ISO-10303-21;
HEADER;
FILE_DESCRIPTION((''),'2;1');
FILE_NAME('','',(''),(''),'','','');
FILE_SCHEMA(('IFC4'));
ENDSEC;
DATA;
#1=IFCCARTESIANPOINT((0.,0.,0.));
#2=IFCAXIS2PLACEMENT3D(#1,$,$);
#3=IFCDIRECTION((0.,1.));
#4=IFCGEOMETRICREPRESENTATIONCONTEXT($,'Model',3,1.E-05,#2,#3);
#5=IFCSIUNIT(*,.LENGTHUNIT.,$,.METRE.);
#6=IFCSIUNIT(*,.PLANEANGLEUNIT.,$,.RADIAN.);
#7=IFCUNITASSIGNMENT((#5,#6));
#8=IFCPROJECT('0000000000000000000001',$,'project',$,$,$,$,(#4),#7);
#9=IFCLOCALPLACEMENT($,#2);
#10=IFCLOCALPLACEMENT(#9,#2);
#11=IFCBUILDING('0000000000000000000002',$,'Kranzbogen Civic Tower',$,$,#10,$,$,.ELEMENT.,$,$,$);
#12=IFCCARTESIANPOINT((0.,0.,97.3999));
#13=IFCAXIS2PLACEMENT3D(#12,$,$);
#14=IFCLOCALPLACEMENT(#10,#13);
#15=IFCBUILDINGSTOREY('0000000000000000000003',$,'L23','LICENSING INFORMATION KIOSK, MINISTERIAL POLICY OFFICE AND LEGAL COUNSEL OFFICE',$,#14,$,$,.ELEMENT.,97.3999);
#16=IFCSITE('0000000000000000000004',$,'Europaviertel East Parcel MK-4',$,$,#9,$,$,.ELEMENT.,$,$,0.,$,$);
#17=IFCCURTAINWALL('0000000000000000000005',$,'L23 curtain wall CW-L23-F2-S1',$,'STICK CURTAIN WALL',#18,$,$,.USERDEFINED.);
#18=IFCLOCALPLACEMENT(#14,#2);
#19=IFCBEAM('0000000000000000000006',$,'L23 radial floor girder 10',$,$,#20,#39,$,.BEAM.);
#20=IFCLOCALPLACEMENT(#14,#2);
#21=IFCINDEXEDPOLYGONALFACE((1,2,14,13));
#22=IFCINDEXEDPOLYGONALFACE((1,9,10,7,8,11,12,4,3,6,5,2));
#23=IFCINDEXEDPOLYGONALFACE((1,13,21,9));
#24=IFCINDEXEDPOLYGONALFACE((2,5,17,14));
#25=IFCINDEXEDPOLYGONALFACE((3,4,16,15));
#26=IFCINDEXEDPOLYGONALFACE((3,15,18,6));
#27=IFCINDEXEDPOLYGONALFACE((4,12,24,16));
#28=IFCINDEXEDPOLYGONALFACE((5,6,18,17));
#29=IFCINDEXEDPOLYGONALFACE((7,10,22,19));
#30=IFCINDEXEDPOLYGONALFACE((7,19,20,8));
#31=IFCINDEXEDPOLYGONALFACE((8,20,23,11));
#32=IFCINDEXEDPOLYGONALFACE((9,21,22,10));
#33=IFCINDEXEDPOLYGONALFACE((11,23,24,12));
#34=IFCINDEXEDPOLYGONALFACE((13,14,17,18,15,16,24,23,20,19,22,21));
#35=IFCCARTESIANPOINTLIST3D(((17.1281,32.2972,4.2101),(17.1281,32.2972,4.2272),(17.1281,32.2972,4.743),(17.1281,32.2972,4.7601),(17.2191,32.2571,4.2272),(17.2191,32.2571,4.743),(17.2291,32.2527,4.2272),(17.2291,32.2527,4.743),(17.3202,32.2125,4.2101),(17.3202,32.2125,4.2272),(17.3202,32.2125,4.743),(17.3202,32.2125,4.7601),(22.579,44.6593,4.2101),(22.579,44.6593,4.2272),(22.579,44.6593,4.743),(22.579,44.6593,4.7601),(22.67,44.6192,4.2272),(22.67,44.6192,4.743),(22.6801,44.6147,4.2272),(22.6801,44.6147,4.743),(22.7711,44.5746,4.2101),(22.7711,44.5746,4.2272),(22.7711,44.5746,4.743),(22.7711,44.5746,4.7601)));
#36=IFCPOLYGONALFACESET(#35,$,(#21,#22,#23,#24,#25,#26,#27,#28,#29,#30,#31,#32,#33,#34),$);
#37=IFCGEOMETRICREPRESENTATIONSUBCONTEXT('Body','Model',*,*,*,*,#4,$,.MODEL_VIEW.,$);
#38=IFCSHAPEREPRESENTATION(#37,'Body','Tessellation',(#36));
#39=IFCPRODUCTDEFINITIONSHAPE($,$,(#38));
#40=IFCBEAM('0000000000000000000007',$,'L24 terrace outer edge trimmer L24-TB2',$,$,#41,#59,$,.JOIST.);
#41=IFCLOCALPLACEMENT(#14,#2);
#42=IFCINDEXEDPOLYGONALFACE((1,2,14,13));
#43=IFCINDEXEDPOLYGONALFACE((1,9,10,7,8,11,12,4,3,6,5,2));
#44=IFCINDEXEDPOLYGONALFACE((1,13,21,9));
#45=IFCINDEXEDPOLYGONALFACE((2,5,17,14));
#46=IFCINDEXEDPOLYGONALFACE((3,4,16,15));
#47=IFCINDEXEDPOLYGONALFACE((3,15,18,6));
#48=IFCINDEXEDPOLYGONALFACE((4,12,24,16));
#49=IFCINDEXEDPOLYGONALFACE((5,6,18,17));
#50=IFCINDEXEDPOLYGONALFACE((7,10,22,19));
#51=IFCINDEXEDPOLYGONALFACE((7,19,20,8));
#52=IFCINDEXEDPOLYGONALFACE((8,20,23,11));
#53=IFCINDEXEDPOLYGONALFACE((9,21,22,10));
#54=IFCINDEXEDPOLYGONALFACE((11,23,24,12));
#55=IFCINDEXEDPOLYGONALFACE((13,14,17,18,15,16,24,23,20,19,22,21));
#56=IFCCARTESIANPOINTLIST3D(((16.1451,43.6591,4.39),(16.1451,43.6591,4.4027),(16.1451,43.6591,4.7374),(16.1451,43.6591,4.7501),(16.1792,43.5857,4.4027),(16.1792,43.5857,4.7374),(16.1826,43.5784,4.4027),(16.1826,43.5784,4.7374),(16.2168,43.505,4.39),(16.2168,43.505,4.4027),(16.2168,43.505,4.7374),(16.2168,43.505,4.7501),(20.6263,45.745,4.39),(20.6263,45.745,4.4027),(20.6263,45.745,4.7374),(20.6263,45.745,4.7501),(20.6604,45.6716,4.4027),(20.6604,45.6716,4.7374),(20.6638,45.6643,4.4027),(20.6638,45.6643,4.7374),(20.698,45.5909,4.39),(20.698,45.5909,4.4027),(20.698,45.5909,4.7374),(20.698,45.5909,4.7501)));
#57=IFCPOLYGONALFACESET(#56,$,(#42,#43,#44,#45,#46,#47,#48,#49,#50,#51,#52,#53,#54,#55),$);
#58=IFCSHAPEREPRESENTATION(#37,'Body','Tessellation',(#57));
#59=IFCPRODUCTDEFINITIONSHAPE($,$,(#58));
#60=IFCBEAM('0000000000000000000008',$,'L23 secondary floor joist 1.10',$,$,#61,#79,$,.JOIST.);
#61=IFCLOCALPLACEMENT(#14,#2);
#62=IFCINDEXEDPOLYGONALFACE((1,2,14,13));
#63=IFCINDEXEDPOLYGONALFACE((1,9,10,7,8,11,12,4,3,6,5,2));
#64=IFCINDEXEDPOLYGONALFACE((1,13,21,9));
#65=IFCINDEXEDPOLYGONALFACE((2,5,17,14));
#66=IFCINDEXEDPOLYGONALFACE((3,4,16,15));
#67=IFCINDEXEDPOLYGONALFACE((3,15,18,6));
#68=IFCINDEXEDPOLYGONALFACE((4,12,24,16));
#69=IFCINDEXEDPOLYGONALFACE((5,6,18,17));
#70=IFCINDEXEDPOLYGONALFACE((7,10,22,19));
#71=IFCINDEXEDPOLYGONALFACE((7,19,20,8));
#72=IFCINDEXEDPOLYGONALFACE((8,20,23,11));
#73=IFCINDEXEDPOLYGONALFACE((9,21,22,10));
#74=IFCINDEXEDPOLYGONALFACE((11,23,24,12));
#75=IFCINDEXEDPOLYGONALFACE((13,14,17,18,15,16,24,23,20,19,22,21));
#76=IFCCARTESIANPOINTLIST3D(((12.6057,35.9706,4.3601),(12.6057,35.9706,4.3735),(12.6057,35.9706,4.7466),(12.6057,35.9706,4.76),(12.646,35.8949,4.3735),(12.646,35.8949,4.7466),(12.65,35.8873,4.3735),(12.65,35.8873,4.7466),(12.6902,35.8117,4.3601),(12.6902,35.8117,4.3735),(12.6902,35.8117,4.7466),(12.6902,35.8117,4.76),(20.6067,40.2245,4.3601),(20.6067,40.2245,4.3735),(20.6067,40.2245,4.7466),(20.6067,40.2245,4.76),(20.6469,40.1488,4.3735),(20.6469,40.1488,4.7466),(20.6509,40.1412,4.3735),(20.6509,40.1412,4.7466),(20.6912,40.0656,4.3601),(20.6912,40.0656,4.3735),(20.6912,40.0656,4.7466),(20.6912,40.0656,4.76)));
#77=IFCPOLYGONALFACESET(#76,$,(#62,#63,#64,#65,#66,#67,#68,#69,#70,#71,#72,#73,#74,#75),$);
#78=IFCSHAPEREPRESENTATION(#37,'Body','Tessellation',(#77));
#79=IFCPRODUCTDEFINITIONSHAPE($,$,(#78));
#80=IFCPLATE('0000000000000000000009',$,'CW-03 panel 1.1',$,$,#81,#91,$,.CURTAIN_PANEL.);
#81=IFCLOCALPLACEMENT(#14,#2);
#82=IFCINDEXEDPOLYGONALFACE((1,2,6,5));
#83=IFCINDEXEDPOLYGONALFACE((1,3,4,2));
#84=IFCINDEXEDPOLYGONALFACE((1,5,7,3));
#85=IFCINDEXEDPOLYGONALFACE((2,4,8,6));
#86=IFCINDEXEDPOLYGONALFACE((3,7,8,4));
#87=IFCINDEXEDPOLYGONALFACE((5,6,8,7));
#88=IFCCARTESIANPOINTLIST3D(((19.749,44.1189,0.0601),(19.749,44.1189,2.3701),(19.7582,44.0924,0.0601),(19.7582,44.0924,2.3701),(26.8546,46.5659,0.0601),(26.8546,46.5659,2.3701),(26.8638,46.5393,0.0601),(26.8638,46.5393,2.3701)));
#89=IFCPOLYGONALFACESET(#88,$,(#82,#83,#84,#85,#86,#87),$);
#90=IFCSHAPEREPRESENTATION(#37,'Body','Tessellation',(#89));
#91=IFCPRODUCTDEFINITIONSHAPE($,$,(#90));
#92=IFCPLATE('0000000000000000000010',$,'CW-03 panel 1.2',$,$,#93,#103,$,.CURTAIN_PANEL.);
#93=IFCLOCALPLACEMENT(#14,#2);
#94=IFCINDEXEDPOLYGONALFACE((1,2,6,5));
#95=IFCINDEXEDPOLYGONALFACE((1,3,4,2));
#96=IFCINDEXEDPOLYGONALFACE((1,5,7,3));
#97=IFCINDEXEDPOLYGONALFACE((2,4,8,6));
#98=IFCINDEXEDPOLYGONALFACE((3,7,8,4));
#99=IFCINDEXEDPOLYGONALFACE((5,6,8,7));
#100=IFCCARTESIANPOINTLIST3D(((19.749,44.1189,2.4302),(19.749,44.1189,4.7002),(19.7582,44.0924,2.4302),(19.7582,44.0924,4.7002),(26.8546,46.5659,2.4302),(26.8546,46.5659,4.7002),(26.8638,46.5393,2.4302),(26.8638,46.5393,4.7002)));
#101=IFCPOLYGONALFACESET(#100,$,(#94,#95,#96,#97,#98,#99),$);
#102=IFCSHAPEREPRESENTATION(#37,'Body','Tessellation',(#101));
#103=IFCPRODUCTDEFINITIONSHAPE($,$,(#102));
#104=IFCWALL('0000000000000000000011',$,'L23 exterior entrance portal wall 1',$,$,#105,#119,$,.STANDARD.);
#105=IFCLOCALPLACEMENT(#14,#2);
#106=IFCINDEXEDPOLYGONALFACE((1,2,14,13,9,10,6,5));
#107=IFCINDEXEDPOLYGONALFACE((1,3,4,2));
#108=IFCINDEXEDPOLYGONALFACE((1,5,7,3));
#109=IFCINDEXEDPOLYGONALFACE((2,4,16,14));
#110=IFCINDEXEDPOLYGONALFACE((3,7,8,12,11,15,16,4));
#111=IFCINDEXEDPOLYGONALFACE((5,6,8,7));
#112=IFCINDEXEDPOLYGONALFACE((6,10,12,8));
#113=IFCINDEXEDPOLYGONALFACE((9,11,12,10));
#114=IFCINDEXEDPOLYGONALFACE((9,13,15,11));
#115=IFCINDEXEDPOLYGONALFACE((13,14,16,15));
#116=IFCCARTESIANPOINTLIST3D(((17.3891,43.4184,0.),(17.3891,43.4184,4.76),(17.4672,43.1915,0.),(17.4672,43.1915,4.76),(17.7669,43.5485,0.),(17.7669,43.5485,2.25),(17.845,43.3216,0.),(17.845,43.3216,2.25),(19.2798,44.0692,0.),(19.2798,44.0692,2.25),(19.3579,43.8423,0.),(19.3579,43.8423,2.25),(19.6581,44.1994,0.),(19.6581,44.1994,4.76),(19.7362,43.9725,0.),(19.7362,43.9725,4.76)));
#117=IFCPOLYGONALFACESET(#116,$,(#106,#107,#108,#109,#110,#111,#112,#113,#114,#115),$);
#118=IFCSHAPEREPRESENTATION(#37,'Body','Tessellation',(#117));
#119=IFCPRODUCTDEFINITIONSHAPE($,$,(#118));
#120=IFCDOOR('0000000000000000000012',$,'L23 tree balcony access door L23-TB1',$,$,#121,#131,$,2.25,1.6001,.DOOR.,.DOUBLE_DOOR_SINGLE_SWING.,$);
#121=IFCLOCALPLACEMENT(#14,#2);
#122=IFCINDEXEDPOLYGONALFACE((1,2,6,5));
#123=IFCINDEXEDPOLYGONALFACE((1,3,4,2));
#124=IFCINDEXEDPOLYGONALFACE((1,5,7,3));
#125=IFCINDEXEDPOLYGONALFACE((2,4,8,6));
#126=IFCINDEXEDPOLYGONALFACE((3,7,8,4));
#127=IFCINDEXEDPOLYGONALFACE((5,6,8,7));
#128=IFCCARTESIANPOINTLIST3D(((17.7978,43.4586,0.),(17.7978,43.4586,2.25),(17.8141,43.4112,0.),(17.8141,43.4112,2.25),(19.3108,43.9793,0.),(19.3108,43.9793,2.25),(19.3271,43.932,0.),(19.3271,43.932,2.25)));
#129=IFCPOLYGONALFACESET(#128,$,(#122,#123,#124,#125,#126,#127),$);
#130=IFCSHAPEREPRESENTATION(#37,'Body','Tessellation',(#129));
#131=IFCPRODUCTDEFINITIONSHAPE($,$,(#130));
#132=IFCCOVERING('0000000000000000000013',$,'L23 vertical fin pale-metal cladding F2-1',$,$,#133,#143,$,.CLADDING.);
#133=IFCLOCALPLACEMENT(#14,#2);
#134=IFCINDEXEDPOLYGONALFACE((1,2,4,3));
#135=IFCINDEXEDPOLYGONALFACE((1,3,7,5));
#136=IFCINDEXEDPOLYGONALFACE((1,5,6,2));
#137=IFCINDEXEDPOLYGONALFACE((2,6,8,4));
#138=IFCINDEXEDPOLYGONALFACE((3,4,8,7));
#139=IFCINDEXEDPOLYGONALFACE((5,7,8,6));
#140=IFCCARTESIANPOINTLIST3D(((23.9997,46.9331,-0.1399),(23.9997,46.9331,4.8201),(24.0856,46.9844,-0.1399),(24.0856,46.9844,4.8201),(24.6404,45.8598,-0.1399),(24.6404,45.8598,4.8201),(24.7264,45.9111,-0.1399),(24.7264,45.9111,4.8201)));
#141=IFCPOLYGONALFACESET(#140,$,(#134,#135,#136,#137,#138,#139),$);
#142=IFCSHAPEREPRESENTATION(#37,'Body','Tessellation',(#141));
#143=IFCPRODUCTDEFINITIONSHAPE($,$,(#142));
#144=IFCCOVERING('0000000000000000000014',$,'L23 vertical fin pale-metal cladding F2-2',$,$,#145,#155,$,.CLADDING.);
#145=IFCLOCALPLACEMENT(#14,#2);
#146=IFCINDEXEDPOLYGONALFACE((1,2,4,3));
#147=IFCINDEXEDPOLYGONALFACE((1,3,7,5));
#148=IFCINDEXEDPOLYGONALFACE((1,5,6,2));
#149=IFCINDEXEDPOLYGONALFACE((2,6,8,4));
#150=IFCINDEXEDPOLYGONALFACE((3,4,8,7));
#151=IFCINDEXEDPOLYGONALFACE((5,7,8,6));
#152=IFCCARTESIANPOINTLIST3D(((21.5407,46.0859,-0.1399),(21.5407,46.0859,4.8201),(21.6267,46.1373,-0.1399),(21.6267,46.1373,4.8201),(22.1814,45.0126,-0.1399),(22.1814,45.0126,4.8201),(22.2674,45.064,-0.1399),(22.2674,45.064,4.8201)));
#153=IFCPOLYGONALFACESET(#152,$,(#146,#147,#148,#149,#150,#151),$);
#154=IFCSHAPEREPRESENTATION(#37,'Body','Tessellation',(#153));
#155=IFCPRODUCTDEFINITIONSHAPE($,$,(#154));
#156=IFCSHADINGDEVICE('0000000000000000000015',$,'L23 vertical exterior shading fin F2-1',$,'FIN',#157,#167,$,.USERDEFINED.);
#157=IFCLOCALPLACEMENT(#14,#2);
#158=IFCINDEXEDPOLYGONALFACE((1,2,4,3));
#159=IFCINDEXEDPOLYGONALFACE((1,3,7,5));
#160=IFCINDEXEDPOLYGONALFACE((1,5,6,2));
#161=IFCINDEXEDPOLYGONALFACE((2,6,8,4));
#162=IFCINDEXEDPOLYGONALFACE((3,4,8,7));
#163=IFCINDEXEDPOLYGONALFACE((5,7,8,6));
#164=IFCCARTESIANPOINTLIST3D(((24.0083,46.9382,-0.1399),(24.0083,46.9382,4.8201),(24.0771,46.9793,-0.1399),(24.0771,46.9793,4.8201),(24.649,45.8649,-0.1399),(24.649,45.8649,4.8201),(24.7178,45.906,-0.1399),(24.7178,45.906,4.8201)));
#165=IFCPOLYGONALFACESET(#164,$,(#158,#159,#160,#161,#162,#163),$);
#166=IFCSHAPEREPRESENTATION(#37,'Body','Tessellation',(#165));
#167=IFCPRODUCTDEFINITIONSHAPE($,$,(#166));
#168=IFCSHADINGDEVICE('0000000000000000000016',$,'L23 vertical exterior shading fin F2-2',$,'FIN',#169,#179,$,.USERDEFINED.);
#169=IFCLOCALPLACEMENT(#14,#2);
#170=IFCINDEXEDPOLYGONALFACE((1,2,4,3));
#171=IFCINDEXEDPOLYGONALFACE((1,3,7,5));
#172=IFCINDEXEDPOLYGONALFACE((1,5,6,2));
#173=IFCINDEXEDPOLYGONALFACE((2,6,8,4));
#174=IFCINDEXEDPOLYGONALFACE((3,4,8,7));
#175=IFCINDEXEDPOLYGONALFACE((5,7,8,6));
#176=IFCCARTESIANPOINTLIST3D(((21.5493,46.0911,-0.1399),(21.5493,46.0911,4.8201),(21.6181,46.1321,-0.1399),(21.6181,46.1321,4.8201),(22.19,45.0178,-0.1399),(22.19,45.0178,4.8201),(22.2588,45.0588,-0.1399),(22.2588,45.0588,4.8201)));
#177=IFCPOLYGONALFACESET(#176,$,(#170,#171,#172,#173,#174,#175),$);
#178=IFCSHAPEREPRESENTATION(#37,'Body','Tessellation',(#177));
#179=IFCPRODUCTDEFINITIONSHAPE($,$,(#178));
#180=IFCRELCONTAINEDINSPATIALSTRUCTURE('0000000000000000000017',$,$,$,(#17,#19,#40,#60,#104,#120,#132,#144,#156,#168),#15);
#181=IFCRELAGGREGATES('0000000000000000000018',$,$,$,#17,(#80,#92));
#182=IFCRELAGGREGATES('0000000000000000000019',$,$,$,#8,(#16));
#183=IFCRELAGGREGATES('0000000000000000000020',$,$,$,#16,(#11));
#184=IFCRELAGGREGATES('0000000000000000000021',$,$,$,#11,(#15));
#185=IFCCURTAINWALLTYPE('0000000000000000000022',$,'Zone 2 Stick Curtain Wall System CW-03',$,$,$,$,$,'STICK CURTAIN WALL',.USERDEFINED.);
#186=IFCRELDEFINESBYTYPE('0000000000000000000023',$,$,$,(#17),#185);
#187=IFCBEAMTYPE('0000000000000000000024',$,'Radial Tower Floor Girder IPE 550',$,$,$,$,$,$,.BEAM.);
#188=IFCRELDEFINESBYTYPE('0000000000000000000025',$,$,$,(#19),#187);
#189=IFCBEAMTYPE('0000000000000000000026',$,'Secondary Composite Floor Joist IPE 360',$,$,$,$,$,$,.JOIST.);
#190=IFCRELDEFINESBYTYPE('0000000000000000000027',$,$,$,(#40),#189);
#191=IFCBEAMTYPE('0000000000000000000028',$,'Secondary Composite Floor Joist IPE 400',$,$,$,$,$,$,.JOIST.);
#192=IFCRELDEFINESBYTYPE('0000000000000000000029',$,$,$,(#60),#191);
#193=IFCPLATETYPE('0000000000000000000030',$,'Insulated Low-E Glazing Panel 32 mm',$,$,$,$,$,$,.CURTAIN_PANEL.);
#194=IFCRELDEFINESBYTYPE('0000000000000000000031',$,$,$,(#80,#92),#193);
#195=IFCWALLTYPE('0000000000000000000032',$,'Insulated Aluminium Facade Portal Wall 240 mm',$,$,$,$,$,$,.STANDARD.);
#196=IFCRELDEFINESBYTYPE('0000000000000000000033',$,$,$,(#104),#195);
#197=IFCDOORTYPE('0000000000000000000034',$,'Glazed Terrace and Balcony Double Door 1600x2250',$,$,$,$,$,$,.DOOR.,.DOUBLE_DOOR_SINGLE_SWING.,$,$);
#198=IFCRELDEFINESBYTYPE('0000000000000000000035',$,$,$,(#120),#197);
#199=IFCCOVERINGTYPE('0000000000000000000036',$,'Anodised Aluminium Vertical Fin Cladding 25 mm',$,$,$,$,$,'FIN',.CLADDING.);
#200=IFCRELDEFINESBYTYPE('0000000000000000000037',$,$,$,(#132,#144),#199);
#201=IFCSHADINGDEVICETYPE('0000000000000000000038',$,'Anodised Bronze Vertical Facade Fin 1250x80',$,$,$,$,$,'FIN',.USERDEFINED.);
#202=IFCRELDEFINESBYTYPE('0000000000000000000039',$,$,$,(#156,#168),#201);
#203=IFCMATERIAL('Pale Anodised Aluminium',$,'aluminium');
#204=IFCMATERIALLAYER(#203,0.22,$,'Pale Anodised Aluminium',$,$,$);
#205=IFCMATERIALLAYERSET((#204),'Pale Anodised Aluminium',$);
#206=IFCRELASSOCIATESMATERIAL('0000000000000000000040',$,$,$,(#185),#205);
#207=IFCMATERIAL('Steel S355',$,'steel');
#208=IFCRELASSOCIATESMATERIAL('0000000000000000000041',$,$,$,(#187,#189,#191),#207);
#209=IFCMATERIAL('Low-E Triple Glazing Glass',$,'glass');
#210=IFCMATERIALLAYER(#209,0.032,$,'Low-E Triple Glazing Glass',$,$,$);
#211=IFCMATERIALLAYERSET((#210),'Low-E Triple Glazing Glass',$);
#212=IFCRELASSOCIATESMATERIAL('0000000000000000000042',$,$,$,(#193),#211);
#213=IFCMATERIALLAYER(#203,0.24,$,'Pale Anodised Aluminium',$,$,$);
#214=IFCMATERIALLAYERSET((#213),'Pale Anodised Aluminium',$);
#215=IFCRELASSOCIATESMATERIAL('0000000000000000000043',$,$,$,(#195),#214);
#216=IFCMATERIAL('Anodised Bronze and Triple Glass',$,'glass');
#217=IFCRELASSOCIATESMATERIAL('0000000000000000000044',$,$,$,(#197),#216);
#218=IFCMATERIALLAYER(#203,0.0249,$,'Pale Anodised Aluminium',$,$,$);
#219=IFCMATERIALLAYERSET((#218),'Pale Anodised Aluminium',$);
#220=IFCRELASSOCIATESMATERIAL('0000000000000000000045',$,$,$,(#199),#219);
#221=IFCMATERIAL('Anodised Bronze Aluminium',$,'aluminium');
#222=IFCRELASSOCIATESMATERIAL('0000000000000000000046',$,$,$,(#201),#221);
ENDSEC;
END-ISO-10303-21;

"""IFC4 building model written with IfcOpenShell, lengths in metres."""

from ifc_helpers import new_model, si_unit, direction, frame, frame_2d, origin, origin_2d, place, context, subcontext, project, spatial, rectangle, i_section, extrude, material, layer, layer_set, material_profile, profile_set, type_object, element, fill, aggregate, save


model = new_model("IFC4")

# Units and contexts
model_context = context("Model", 3, precision=1e-05, world=origin(), true_north=direction((0.0, 1.0)))
body_context = subcontext(model_context, "Body", "Model", "MODEL_VIEW")
ifc_project = project(units=[si_unit("LENGTHUNIT", "METRE"), si_unit("PLANEANGLEUNIT", "RADIAN")], contexts=[model_context])

# Site, building, storey
site_placement = place(None, origin())
site = spatial("IfcSite", under=ifc_project, at=site_placement, Name="Europaviertel East Parcel MK-4", CompositionType="ELEMENT", RefElevation=0.0)
building_placement = place(site_placement, origin())
building = spatial("IfcBuilding", under=site, at=building_placement, Name="Kranzbogen Civic Tower", CompositionType="ELEMENT")
storey_placement = place(building_placement, frame((0.0, 0.0, 97.3999)))
storey = spatial("IfcBuildingStorey", under=building, at=storey_placement, Name="L23", Description="LICENSING INFORMATION KIOSK, MINISTERIAL POLICY OFFICE AND LEGAL COUNSEL OFFICE", CompositionType="ELEMENT", Elevation=97.3999)

# Shared definitions
ifc_material_1 = material(Name="Steel S355", Category="steel")

# Curtain wall
ifc_material_2 = material(Name="Pale Anodised Aluminium", Category="aluminium")
ifc_layer_1 = layer(ifc_material_2, 0.22, Name="Pale Anodised Aluminium")
ifc_layer_set_1 = layer_set([ifc_layer_1], Name="Pale Anodised Aluminium")
curtain_wall_type = type_object("IfcCurtainWallType", Name="Zone 2 Stick Curtain Wall System CW-03", ElementType="STICK CURTAIN WALL", PredefinedType="USERDEFINED", material=ifc_layer_set_1)
curtain_wall_1_placement = place(storey_placement, origin())
curtain_wall_1 = element("IfcCurtainWall", 1, at=curtain_wall_1_placement, inside=storey, type_object=curtain_wall_type, Name="L23 curtain wall CW-L23-F2-S1", ObjectType="STICK CURTAIN WALL", PredefinedType="USERDEFINED")

# Beams
ifc_material_profile_1 = material_profile(ifc_material_1, i_section(OverallWidth=0.21, OverallDepth=0.55, WebThickness=0.011, FlangeThickness=0.0171, at=origin_2d()), Name="IPE 550")
ifc_profile_set_1 = profile_set([ifc_material_profile_1], Name="Steel S355")
beam_type_1 = type_object("IfcBeamType", Name="Radial Tower Floor Girder IPE 550", PredefinedType="BEAM", material=ifc_profile_set_1)
beam_1_placement = place(storey_placement, frame((22.675, 44.6169, 4.4851), z_axis=(-0.403459, -0.914998, 0.0), x_axis=(0.914998, -0.403459, 0.0)))
element("IfcBeam", 2, at=beam_1_placement, inside=storey, type_object=beam_type_1, Name="L23 radial floor girder 10", PredefinedType="BEAM", context=body_context, shape_type="SweptSolid", body=[
    extrude(i_section(OverallWidth=0.21, OverallDepth=0.55, WebThickness=0.011, FlangeThickness=0.0171, at=origin_2d()), origin(), (0.0, 0.0, 1.0), 13.5105),
])
ifc_material_profile_2 = material_profile(ifc_material_1, i_section(OverallWidth=0.1699, OverallDepth=0.3601, WebThickness=0.0081, FlangeThickness=0.0127, at=origin_2d()), Name="IPE 360")
ifc_profile_set_2 = profile_set([ifc_material_profile_2], Name="Steel S355")
beam_type_2 = type_object("IfcBeamType", Name="Secondary Composite Floor Joist IPE 360", PredefinedType="JOIST", material=ifc_profile_set_2)
beam_2_placement = place(storey_placement, frame((20.6621, 45.668, 4.5701), z_axis=(-0.906593, -0.422006, 0.0), x_axis=(0.422006, -0.906593, 0.0)))
element("IfcBeam", 3, at=beam_2_placement, inside=storey, type_object=beam_type_2, Name="L24 terrace outer edge trimmer L24-TB2", PredefinedType="JOIST", context=body_context, shape_type="SweptSolid", body=[
    extrude(i_section(OverallWidth=0.1699, OverallDepth=0.3601, WebThickness=0.0081, FlangeThickness=0.0127, at=origin_2d()), origin(), (0.0, 0.0, 1.0), 4.9429),
])
ifc_material_profile_3 = material_profile(ifc_material_1, i_section(OverallWidth=0.1799, OverallDepth=0.3999, WebThickness=0.0085, FlangeThickness=0.0134, at=origin_2d()), Name="IPE 400")
ifc_profile_set_3 = profile_set([ifc_material_profile_3], Name="Steel S355")
beam_type_3 = type_object("IfcBeamType", Name="Secondary Composite Floor Joist IPE 400", PredefinedType="JOIST", material=ifc_profile_set_3)
beam_3_placement = place(storey_placement, frame((20.6489, 40.145, 4.5601), z_axis=(-0.882961, -0.469447, 0.0), x_axis=(0.469447, -0.882961, 0.0)))
element("IfcBeam", 4, at=beam_3_placement, inside=storey, type_object=beam_type_3, Name="L23 secondary floor joist 1.10", PredefinedType="JOIST", context=body_context, shape_type="SweptSolid", body=[
    extrude(i_section(OverallWidth=0.1799, OverallDepth=0.3999, WebThickness=0.0085, FlangeThickness=0.0134, at=origin_2d()), origin(), (0.0, 0.0, 1.0), 9.0615),
])

# Plates
ifc_material_3 = material(Name="Low-E Triple Glazing Glass", Category="glass")
ifc_layer_2 = layer(ifc_material_3, 0.032, Name="Low-E Triple Glazing Glass")
ifc_layer_set_2 = layer_set([ifc_layer_2], Name="Low-E Triple Glazing Glass")
plate_type = type_object("IfcPlateType", Name="Insulated Low-E Glazing Panel 32 mm", PredefinedType="CURTAIN_PANEL", material=ifc_layer_set_2)
plate_1_placement = place(storey_placement, frame((23.3064, 45.3291, 0.0601), z_axis=(0.0, 0.0, 1.0), x_axis=(-0.945507, -0.325603, 0.0)))
plate_1 = element("IfcPlate", 5, at=plate_1_placement, type_object=plate_type, Name="CW-03 panel 1.1", PredefinedType="CURTAIN_PANEL", context=body_context, shape_type="SweptSolid", body=[
    extrude(rectangle(XDim=7.5151, YDim=0.0281, at=origin_2d()), origin(), (0.0, 0.0, 1.0), 2.3101),
])
plate_2_placement = place(storey_placement, frame((23.3064, 45.3291, 2.4302), z_axis=(0.0, 0.0, 1.0), x_axis=(-0.945507, -0.325603, 0.0)))
plate_2 = element("IfcPlate", 6, at=plate_2_placement, type_object=plate_type, Name="CW-03 panel 1.2", PredefinedType="CURTAIN_PANEL", context=body_context, shape_type="SweptSolid", body=[
    extrude(rectangle(XDim=7.5151, YDim=0.0281, at=origin_2d()), origin(), (0.0, 0.0, 1.0), 2.27),
])
aggregate(curtain_wall_1, [plate_1, plate_2])

# Wall, opening, door
ifc_layer_3 = layer(ifc_material_2, 0.24, Name="Pale Anodised Aluminium")
ifc_layer_set_3 = layer_set([ifc_layer_3], Name="Pale Anodised Aluminium")
wall_type = type_object("IfcWallType", Name="Insulated Aluminium Facade Portal Wall 240 mm", PredefinedType="STANDARD", material=ifc_layer_set_3)
wall_placement = place(storey_placement, frame((19.697, 44.0859, 0.0), z_axis=(0.0, 0.0, 1.0), x_axis=(-0.945556, -0.325461, 0.0)))
wall = element("IfcWall", 7, at=wall_placement, inside=storey, type_object=wall_type, Name="L23 exterior entrance portal wall 1", PredefinedType="STANDARD", context=body_context, shape_type="SweptSolid", body=[
    extrude(rectangle(XDim=2.3997, YDim=0.24, at=frame_2d((1.1997, 0.0))), origin(), (0.0, 0.0, 1.0), 4.76),
])
opening_placement = place(wall_placement, frame((0.3999, 0.0, 0.0)))
opening = element("IfcOpeningElement", 8, at=opening_placement, cuts=wall, PredefinedType="OPENING", context=body_context, shape_type="SweptSolid", body=[
    extrude(rectangle(XDim=1.6001, YDim=2.25, at=frame_2d((0.8, 1.125))), frame((0.0, 0.1299, 0.0), z_axis=(0.0, -1.0, 0.0), x_axis=(1.0, 0.0, 0.0)), (0.0, 0.0, 1.0), 0.26),
])
ifc_material_4 = material(Name="Anodised Bronze and Triple Glass", Category="glass")
door_type = type_object("IfcDoorType", Name="Glazed Terrace and Balcony Double Door 1600x2250", OperationType="DOUBLE_DOOR_SINGLE_SWING", PredefinedType="DOOR", material=ifc_material_4)
door_placement = place(opening_placement, frame((1.6001, 0.0, 0.0), z_axis=(0.0, 0.0, 1.0), x_axis=(-1.0, 0.0, 0.0)))
door = element("IfcDoor", 9, at=door_placement, inside=storey, type_object=door_type, Name="L23 tree balcony access door L23-TB1", OperationType="DOUBLE_DOOR_SINGLE_SWING", OverallHeight=2.25, OverallWidth=1.6001, PredefinedType="DOOR", context=body_context, shape_type="SweptSolid", body=[
    extrude(rectangle(XDim=1.6001, YDim=2.25, at=frame_2d((0.8, 1.125))), frame((0.0, 0.0249, 0.0), z_axis=(0.0, -1.0, 0.0), x_axis=(1.0, 0.0, 0.0)), (0.0, 0.0, 1.0), 0.05),
])
fill(opening, door)

# Coverings
ifc_layer_4 = layer(ifc_material_2, 0.0249, Name="Pale Anodised Aluminium")
ifc_layer_set_4 = layer_set([ifc_layer_4], Name="Pale Anodised Aluminium")
covering_type = type_object("IfcCoveringType", Name="Anodised Aluminium Vertical Fin Cladding 25 mm", ElementType="FIN", PredefinedType="CLADDING", material=ifc_layer_set_4)
for number, where, z_axis, x_axis, name in (
    (10, (24.363, 46.4221, -0.1399), (0.0, 0.0, 1.0), (-0.512582, 0.858638, 0.0), "L23 vertical fin pale-metal cladding F2-1"),
    (11, (21.9041, 45.575, -0.1399), (0.0, 0.0, 1.0), (-0.512582, 0.858638, 0.0), "L23 vertical fin pale-metal cladding F2-2"),
):
    element("IfcCovering", number, at=place(storey_placement, frame(where, z_axis=z_axis, x_axis=x_axis)), inside=storey, type_object=covering_type, Name=name, PredefinedType="CLADDING", context=body_context, shape_type="SweptSolid", body=[
        extrude(rectangle(XDim=1.25, YDim=0.1001, at=origin_2d()), origin(), (0.0, 0.0, 1.0), 4.96),
    ])

# Shading devices
ifc_material_5 = material(Name="Anodised Bronze Aluminium", Category="aluminium")
shading_device_type = type_object("IfcShadingDeviceType", Name="Anodised Bronze Vertical Facade Fin 1250x80", ElementType="FIN", PredefinedType="USERDEFINED", material=ifc_material_5)
for number, where, z_axis, x_axis, name in (
    (12, (24.363, 46.4221, -0.1399), (0.0, 0.0, 1.0), (-0.512582, 0.858638, 0.0), "L23 vertical exterior shading fin F2-1"),
    (13, (21.9041, 45.575, -0.1399), (0.0, 0.0, 1.0), (-0.512582, 0.858638, 0.0), "L23 vertical exterior shading fin F2-2"),
):
    element("IfcShadingDevice", number, at=place(storey_placement, frame(where, z_axis=z_axis, x_axis=x_axis)), inside=storey, type_object=shading_device_type, Name=name, ObjectType="FIN", PredefinedType="USERDEFINED", context=body_context, shape_type="SweptSolid", body=[
        extrude(rectangle(XDim=1.25, YDim=0.0801, at=origin_2d()), origin(), (0.0, 0.0, 1.0), 4.96),
    ])

save(model, "model.ifc")
